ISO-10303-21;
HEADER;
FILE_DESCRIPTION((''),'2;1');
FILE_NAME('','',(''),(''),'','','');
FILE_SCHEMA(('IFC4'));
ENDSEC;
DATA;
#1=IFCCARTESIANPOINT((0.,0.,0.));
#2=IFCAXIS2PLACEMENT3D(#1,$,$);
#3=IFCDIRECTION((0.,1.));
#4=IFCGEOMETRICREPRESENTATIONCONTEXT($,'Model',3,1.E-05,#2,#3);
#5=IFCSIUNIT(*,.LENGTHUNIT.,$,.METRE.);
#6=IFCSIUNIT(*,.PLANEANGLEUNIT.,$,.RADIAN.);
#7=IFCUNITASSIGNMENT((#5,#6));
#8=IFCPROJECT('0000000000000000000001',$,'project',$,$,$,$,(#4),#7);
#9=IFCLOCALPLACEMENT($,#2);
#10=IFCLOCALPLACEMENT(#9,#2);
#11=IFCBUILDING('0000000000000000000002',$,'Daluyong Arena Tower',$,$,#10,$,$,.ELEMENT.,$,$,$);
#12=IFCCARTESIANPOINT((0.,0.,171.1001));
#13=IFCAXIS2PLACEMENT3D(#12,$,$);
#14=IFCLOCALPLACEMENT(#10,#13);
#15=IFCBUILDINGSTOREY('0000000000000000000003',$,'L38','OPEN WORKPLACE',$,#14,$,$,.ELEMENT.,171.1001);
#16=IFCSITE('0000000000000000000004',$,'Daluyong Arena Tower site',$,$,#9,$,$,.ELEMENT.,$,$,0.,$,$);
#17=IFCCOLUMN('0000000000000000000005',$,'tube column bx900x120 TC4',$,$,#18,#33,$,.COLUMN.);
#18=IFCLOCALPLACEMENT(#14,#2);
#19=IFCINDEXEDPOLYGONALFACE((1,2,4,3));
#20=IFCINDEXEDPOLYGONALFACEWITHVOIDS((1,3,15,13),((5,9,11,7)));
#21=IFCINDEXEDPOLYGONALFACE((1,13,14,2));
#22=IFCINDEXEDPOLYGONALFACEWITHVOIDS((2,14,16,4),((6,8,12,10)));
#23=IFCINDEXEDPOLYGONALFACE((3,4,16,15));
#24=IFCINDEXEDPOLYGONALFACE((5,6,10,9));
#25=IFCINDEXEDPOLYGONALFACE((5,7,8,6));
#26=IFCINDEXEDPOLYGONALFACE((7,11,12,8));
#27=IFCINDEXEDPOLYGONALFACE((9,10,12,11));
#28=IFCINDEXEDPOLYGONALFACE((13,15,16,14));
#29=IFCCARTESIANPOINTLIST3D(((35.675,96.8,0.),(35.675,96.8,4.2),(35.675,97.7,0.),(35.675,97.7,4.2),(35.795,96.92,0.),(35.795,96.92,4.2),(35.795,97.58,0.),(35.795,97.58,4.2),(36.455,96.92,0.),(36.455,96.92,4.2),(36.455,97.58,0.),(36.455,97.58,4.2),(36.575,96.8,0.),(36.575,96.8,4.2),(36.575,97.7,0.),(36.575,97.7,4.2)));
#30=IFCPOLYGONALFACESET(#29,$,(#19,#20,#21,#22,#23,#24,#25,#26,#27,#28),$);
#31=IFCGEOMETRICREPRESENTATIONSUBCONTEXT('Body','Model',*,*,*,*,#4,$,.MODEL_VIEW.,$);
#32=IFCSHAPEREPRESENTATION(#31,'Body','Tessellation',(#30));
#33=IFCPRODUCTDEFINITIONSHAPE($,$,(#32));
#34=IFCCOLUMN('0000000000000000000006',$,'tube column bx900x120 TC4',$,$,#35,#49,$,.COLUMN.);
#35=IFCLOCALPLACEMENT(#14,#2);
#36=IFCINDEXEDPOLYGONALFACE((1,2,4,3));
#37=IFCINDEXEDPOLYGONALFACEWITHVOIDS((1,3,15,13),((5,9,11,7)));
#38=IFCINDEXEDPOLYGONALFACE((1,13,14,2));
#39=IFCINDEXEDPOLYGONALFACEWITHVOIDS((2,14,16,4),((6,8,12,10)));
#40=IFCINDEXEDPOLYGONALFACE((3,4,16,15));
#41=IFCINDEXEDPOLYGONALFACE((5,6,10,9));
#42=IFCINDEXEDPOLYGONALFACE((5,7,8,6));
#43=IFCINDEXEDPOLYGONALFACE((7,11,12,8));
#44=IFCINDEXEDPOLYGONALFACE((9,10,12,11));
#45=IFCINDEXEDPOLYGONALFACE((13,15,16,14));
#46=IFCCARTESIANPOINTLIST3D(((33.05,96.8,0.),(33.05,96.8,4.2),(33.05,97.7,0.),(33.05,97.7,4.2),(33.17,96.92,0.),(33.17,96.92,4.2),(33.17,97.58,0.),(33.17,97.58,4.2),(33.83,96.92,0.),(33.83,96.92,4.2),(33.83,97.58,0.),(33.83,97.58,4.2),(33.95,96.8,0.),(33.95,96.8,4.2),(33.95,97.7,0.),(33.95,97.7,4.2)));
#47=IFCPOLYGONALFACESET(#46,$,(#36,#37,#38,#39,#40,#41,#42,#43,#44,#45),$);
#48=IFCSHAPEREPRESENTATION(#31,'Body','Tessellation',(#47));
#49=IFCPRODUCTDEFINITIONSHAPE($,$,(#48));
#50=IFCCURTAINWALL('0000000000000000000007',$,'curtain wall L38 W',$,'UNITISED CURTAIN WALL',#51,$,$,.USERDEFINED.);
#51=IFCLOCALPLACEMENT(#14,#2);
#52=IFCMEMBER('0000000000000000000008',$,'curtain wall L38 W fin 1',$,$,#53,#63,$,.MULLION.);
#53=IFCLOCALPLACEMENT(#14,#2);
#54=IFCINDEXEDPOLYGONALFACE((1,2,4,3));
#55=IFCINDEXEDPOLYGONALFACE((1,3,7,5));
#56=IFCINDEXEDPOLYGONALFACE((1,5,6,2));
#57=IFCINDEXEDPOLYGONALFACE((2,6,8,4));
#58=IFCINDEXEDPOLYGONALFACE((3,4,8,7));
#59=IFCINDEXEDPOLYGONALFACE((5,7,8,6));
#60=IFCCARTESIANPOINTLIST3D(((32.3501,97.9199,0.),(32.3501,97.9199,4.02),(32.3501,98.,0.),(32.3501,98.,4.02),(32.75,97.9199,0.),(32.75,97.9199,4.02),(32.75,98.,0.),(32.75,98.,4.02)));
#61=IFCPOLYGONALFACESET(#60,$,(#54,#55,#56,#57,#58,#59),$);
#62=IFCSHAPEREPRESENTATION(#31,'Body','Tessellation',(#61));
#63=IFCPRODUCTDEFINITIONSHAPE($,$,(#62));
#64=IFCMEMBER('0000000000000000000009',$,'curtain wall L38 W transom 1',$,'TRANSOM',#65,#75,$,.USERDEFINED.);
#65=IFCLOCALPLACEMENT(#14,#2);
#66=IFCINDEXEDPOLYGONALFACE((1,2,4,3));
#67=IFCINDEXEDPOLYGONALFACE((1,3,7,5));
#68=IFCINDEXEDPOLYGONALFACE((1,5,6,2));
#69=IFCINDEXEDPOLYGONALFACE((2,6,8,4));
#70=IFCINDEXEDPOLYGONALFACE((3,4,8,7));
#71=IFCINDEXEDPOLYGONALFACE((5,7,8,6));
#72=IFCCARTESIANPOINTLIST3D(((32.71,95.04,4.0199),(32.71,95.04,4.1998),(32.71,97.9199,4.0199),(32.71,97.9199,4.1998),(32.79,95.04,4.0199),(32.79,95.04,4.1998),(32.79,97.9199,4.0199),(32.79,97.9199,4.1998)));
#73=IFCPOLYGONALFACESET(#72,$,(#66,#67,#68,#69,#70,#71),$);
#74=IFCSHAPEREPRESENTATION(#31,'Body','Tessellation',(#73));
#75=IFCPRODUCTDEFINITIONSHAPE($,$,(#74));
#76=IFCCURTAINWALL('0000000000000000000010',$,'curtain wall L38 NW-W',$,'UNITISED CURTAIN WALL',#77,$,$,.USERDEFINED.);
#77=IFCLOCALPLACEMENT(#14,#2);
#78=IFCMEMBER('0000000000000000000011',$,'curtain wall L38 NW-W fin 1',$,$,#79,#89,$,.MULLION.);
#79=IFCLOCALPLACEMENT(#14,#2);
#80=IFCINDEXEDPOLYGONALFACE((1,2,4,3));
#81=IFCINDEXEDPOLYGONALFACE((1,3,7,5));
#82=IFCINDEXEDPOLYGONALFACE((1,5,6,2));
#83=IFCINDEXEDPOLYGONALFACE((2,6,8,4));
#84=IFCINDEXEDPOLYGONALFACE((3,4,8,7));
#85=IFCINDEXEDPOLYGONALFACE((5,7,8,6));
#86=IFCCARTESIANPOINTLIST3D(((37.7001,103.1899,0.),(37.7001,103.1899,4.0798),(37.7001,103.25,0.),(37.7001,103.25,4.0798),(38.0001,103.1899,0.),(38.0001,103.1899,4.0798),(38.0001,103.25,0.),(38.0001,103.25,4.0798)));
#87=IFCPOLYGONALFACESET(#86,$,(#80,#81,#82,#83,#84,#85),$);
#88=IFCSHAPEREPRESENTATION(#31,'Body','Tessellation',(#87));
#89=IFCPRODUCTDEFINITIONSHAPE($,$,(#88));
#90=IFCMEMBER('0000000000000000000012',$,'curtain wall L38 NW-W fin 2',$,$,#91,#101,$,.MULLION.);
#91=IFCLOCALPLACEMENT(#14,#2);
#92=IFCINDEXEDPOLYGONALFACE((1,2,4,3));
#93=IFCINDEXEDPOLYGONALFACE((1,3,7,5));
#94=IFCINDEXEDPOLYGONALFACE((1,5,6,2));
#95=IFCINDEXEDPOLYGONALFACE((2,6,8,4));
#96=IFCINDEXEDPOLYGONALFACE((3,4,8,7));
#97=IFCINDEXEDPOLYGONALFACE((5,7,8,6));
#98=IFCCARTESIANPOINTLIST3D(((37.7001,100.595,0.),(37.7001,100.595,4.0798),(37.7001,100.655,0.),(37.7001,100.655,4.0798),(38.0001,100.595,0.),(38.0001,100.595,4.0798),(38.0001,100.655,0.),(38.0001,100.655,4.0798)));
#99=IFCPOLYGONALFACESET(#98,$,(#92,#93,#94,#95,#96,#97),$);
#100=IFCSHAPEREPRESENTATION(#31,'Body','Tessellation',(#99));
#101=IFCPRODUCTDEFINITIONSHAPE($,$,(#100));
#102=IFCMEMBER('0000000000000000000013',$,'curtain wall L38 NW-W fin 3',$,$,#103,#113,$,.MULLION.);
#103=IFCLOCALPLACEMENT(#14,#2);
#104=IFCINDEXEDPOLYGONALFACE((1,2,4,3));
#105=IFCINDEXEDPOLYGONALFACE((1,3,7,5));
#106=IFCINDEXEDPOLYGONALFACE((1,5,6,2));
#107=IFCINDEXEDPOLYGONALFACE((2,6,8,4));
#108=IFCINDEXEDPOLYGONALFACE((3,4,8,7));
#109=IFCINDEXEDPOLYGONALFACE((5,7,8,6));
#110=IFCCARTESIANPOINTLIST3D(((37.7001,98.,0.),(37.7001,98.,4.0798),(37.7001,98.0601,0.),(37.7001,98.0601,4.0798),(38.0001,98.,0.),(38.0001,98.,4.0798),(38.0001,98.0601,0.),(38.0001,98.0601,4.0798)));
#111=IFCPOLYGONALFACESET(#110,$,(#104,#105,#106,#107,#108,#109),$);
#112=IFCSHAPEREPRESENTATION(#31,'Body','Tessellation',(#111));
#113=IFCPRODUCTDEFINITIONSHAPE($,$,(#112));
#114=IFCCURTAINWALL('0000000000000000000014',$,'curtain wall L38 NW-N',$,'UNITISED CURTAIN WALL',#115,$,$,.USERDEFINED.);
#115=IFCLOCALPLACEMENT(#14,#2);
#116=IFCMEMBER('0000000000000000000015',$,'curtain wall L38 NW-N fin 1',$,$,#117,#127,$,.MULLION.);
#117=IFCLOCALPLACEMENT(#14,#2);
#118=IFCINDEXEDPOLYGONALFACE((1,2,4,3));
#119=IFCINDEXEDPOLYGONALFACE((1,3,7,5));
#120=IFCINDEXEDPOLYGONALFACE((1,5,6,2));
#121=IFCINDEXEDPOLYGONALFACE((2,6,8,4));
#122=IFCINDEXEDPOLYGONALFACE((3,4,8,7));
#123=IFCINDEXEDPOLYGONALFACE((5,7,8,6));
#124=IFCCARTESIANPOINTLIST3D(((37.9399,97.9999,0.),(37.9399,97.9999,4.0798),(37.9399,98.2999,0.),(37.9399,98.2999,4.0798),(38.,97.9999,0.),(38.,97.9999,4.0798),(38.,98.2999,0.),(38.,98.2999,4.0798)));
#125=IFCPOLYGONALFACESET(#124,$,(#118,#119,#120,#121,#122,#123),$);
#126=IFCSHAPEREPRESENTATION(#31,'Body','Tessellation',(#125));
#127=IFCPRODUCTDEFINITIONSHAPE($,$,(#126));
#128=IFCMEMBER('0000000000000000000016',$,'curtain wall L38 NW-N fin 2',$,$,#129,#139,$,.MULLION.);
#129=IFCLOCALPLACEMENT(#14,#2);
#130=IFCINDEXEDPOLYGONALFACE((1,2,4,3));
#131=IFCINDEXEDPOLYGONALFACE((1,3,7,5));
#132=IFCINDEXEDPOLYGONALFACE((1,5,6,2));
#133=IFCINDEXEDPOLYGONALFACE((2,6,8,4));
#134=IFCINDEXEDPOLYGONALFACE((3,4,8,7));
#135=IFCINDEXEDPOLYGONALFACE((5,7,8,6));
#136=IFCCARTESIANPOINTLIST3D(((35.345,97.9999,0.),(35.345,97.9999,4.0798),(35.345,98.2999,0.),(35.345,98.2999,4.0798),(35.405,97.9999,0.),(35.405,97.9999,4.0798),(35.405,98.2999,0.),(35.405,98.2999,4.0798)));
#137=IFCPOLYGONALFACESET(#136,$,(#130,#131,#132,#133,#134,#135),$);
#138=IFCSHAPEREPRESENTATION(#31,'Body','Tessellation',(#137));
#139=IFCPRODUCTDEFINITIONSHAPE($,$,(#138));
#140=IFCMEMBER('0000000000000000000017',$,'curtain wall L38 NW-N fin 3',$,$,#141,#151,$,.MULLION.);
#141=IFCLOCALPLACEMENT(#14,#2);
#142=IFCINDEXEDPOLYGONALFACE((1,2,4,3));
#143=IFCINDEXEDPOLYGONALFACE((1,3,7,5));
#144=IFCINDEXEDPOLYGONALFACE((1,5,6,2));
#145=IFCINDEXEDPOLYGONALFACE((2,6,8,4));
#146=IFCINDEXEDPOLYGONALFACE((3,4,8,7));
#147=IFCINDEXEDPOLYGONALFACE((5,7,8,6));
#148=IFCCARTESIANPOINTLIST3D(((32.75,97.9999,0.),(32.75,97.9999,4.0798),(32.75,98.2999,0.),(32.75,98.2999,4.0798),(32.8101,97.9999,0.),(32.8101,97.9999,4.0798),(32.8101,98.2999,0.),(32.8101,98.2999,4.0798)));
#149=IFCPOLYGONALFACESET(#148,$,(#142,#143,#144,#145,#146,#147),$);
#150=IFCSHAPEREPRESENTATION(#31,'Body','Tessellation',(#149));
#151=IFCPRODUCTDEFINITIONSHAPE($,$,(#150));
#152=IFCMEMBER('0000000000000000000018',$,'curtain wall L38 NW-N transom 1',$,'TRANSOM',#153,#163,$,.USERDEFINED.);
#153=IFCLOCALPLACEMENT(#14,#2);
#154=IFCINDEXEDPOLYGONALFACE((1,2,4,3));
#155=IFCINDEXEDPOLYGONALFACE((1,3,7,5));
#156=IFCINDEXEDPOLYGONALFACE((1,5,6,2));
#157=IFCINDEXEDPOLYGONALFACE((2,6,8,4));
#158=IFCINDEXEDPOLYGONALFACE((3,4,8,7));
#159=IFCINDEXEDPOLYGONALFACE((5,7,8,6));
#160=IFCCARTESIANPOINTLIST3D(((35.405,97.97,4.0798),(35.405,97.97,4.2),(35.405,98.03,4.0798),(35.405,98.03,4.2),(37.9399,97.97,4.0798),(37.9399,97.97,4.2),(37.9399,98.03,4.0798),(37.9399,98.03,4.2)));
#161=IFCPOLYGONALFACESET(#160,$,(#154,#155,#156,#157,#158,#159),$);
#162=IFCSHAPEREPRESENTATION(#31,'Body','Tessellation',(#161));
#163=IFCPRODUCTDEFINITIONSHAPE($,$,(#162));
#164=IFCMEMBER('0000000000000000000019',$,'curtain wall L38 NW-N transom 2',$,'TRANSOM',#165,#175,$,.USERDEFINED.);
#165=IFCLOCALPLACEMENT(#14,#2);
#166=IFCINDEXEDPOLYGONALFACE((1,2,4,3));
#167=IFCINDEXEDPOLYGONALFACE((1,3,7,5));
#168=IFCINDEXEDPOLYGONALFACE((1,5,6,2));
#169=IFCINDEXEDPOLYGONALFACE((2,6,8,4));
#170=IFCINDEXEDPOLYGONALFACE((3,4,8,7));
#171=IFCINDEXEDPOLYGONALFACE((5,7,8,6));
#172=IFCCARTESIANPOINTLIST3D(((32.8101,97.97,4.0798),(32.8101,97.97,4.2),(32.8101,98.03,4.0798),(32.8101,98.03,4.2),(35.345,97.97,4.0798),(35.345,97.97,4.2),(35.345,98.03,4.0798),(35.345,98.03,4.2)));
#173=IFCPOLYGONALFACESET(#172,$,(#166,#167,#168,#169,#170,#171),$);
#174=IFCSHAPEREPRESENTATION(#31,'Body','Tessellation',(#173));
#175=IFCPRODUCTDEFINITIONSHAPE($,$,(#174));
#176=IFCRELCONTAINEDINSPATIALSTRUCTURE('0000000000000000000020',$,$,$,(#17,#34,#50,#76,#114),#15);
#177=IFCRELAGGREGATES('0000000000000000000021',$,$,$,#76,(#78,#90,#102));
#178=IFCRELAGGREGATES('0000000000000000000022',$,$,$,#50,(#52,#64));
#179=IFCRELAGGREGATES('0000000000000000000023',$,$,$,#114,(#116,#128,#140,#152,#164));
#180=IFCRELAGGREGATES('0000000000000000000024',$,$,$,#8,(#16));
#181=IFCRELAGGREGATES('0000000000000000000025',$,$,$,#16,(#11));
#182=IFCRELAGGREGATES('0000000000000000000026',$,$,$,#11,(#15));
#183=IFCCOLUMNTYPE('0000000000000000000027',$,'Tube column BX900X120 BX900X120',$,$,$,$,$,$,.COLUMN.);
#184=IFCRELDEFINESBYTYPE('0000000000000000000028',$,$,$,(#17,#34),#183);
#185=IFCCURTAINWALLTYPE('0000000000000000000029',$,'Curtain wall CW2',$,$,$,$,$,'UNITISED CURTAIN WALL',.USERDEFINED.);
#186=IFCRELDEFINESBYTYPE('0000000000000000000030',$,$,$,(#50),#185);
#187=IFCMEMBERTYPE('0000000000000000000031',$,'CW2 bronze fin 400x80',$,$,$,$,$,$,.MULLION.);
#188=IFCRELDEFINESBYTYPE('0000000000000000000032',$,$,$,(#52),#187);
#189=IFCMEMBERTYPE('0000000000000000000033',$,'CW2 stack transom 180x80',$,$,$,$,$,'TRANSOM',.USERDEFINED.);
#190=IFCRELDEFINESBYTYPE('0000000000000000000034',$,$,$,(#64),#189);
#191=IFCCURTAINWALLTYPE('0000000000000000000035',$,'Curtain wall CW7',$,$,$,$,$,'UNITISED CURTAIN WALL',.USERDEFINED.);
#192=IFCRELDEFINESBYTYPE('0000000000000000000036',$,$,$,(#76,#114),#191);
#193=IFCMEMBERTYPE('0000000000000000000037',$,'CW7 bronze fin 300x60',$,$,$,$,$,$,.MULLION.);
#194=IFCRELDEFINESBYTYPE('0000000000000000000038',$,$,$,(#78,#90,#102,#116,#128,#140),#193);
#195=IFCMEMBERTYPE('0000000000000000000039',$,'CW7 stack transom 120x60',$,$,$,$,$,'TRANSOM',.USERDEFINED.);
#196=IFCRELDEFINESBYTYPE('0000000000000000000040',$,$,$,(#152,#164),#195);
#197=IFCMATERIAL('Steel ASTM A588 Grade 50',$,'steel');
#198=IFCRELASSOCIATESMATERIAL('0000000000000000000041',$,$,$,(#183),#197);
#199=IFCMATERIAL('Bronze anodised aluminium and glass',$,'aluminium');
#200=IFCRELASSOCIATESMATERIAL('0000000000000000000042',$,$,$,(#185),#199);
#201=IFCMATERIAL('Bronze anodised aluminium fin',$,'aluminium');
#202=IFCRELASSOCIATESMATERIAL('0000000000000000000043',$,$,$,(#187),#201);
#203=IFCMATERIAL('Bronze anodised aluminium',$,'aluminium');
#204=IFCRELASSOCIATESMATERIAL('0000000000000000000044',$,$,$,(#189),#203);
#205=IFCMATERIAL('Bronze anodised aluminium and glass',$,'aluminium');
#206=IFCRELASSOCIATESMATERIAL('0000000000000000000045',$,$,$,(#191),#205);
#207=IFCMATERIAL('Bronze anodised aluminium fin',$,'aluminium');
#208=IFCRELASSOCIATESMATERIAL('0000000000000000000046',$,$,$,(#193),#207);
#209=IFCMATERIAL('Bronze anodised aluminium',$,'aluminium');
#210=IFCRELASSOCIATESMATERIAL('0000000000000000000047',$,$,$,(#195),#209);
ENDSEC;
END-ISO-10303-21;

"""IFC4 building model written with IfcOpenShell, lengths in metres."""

from ifc_helpers import new_model, si_unit, direction, frame, origin, origin_2d, place, context, subcontext, project, spatial, rectangle, hollow_rectangle, extrude, material, material_profile, profile_set, type_object, element, aggregate, save


model = new_model("IFC4")

# Units and contexts
model_context = context("Model", 3, precision=1e-05, world=origin(), true_north=direction((0.0, 1.0)))
body_context = subcontext(model_context, "Body", "Model", "MODEL_VIEW")
ifc_project = project(units=[si_unit("LENGTHUNIT", "METRE"), si_unit("PLANEANGLEUNIT", "RADIAN")], contexts=[model_context])

# Site, building, storey
site_placement = place(None, origin())
site = spatial("IfcSite", under=ifc_project, at=site_placement, Name="Daluyong Arena Tower site", CompositionType="ELEMENT", RefElevation=0.0)
building_placement = place(site_placement, origin())
building = spatial("IfcBuilding", under=site, at=building_placement, Name="Daluyong Arena Tower", CompositionType="ELEMENT")
storey_placement = place(building_placement, frame((0.0, 0.0, 171.1001)))
storey = spatial("IfcBuildingStorey", under=building, at=storey_placement, Name="L38", Description="OPEN WORKPLACE", CompositionType="ELEMENT", Elevation=171.1001)

# Columns
ifc_material_1 = material(Name="Steel ASTM A588 Grade 50", Category="steel")
ifc_material_profile_1 = material_profile(ifc_material_1, hollow_rectangle(XDim=0.8999, YDim=0.8999, WallThickness=0.12, at=origin_2d()))
ifc_profile_set_1 = profile_set([ifc_material_profile_1], Name="Steel ASTM A588 Grade 50")
column_type = type_object("IfcColumnType", Name="Tube column BX900X120 BX900X120", PredefinedType="COLUMN", material=ifc_profile_set_1)
for number, where, z_axis, x_axis, name in (
    (1, (36.125, 97.25, 0.0), (0.0, 0.0, 1.0), (1.0, 0.0, 0.0), "tube column bx900x120 TC4"),
    (2, (33.5, 97.25, 0.0), (0.0, 0.0, 1.0), (0.0, 1.0, 0.0), "tube column bx900x120 TC4"),
):
    element("IfcColumn", number, at=place(storey_placement, frame(where, z_axis=z_axis, x_axis=x_axis)), inside=storey, type_object=column_type, Name=name, PredefinedType="COLUMN", context=body_context, shape_type="SweptSolid", body=[
        extrude(hollow_rectangle(XDim=0.8999, YDim=0.8999, WallThickness=0.12, at=origin_2d()), origin(), (0.0, 0.0, 1.0), 4.2),
    ])

# Curtain walls, members
ifc_material_2 = material(Name="Bronze anodised aluminium and glass", Category="aluminium")
curtain_wall_type_1 = type_object("IfcCurtainWallType", Name="Curtain wall CW2", ElementType="UNITISED CURTAIN WALL", PredefinedType="USERDEFINED", material=ifc_material_2)
curtain_wall_1_placement = place(storey_placement, origin())
curtain_wall_1 = element("IfcCurtainWall", 3, at=curtain_wall_1_placement, inside=storey, type_object=curtain_wall_type_1, Name="curtain wall L38 W", ObjectType="UNITISED CURTAIN WALL", PredefinedType="USERDEFINED")
ifc_material_3 = material(Name="Bronze anodised aluminium fin", Category="aluminium")
ifc_material_profile_2 = material_profile(ifc_material_3, rectangle(XDim=0.3999, YDim=0.0801, at=origin_2d()))
ifc_profile_set_2 = profile_set([ifc_material_profile_2], Name="Bronze anodised aluminium fin")
member_type_1 = type_object("IfcMemberType", Name="CW2 bronze fin 400x80", PredefinedType="MULLION", material=ifc_profile_set_2)
member_1_placement = place(storey_placement, frame((32.55, 97.96, 0.0), z_axis=(0.0, 0.0, 1.0), x_axis=(1.0, 0.0, 0.0)))
member_1 = element("IfcMember", 4, at=member_1_placement, type_object=member_type_1, Name="curtain wall L38 W fin 1", PredefinedType="MULLION", context=body_context, shape_type="SweptSolid", body=[
    extrude(rectangle(XDim=0.3999, YDim=0.0801, at=origin_2d()), origin(), (0.0, 0.0, 1.0), 4.02),
])
ifc_material_4 = material(Name="Bronze anodised aluminium", Category="aluminium")
ifc_material_profile_3 = material_profile(ifc_material_4, rectangle(XDim=0.0801, YDim=0.1799, at=origin_2d()))
ifc_profile_set_3 = profile_set([ifc_material_profile_3], Name="Bronze anodised aluminium")
member_type_2 = type_object("IfcMemberType", Name="CW2 stack transom 180x80", ElementType="TRANSOM", PredefinedType="USERDEFINED", material=ifc_profile_set_3)
member_2_placement = place(storey_placement, frame((32.75, 97.9199, 4.1099), z_axis=(0.0, -1.0, 0.0), x_axis=(1.0, 0.0, 0.0)))
member_2 = element("IfcMember", 5, at=member_2_placement, type_object=member_type_2, Name="curtain wall L38 W transom 1", ObjectType="TRANSOM", PredefinedType="USERDEFINED", context=body_context, shape_type="SweptSolid", body=[
    extrude(rectangle(XDim=0.0801, YDim=0.1799, at=origin_2d()), origin(), (0.0, 0.0, 1.0), 2.8799),
])
ifc_material_5 = material(Name="Bronze anodised aluminium and glass", Category="aluminium")
curtain_wall_type_2 = type_object("IfcCurtainWallType", Name="Curtain wall CW7", ElementType="UNITISED CURTAIN WALL", PredefinedType="USERDEFINED", material=ifc_material_5)
curtain_wall_2_placement = place(storey_placement, origin())
curtain_wall_2 = element("IfcCurtainWall", 6, at=curtain_wall_2_placement, inside=storey, type_object=curtain_wall_type_2, Name="curtain wall L38 NW-W", ObjectType="UNITISED CURTAIN WALL", PredefinedType="USERDEFINED")
ifc_material_6 = material(Name="Bronze anodised aluminium fin", Category="aluminium")
ifc_material_profile_4 = material_profile(ifc_material_6, rectangle(XDim=0.3, YDim=0.0601, at=origin_2d()))
ifc_profile_set_4 = profile_set([ifc_material_profile_4], Name="Bronze anodised aluminium fin")
member_type_3 = type_object("IfcMemberType", Name="CW7 bronze fin 300x60", PredefinedType="MULLION", material=ifc_profile_set_4)
member_3_placement = place(storey_placement, frame((37.8501, 103.22, 0.0), z_axis=(0.0, 0.0, 1.0), x_axis=(1.0, 0.0, 0.0)))
member_3 = element("IfcMember", 7, at=member_3_placement, type_object=member_type_3, Name="curtain wall L38 NW-W fin 1", PredefinedType="MULLION", context=body_context, shape_type="SweptSolid", body=[
    extrude(rectangle(XDim=0.3, YDim=0.0601, at=origin_2d()), origin(), (0.0, 0.0, 1.0), 4.0798),
])
member_4_placement = place(storey_placement, frame((37.8501, 100.625, 0.0), z_axis=(0.0, 0.0, 1.0), x_axis=(1.0, 0.0, 0.0)))
member_4 = element("IfcMember", 8, at=member_4_placement, type_object=member_type_3, Name="curtain wall L38 NW-W fin 2", PredefinedType="MULLION", context=body_context, shape_type="SweptSolid", body=[
    extrude(rectangle(XDim=0.3, YDim=0.0601, at=origin_2d()), origin(), (0.0, 0.0, 1.0), 4.0798),
])
member_5_placement = place(storey_placement, frame((37.8501, 98.03, 0.0), z_axis=(0.0, 0.0, 1.0), x_axis=(1.0, 0.0, 0.0)))
member_5 = element("IfcMember", 9, at=member_5_placement, type_object=member_type_3, Name="curtain wall L38 NW-W fin 3", PredefinedType="MULLION", context=body_context, shape_type="SweptSolid", body=[
    extrude(rectangle(XDim=0.3, YDim=0.0601, at=origin_2d()), origin(), (0.0, 0.0, 1.0), 4.0798),
])
aggregate(curtain_wall_2, [member_3, member_4, member_5])
curtain_wall_3_placement = place(storey_placement, origin())
curtain_wall_3 = element("IfcCurtainWall", 10, at=curtain_wall_3_placement, inside=storey, type_object=curtain_wall_type_2, Name="curtain wall L38 NW-N", ObjectType="UNITISED CURTAIN WALL", PredefinedType="USERDEFINED")
member_6_placement = place(storey_placement, frame((37.97, 98.1499, 0.0), z_axis=(0.0, 0.0, 1.0), x_axis=(0.0, -1.0, 0.0)))
member_6 = element("IfcMember", 11, at=member_6_placement, type_object=member_type_3, Name="curtain wall L38 NW-N fin 1", PredefinedType="MULLION", context=body_context, shape_type="SweptSolid", body=[
    extrude(rectangle(XDim=0.3, YDim=0.0601, at=origin_2d()), origin(), (0.0, 0.0, 1.0), 4.0798),
])
member_7_placement = place(storey_placement, frame((35.375, 98.1499, 0.0), z_axis=(0.0, 0.0, 1.0), x_axis=(0.0, -1.0, 0.0)))
member_7 = element("IfcMember", 12, at=member_7_placement, type_object=member_type_3, Name="curtain wall L38 NW-N fin 2", PredefinedType="MULLION", context=body_context, shape_type="SweptSolid", body=[
    extrude(rectangle(XDim=0.3, YDim=0.0601, at=origin_2d()), origin(), (0.0, 0.0, 1.0), 4.0798),
])
member_8_placement = place(storey_placement, frame((32.78, 98.1499, 0.0), z_axis=(0.0, 0.0, 1.0), x_axis=(0.0, -1.0, 0.0)))
member_8 = element("IfcMember", 13, at=member_8_placement, type_object=member_type_3, Name="curtain wall L38 NW-N fin 3", PredefinedType="MULLION", context=body_context, shape_type="SweptSolid", body=[
    extrude(rectangle(XDim=0.3, YDim=0.0601, at=origin_2d()), origin(), (0.0, 0.0, 1.0), 4.0798),
])
ifc_material_7 = material(Name="Bronze anodised aluminium", Category="aluminium")
ifc_material_profile_5 = material_profile(ifc_material_7, rectangle(XDim=0.0601, YDim=0.1201, at=origin_2d()))
ifc_profile_set_5 = profile_set([ifc_material_profile_5], Name="Bronze anodised aluminium")
member_type_4 = type_object("IfcMemberType", Name="CW7 stack transom 120x60", ElementType="TRANSOM", PredefinedType="USERDEFINED", material=ifc_profile_set_5)
member_9_placement = place(storey_placement, frame((37.9399, 98.0, 4.1399), z_axis=(-1.0, 0.0, 0.0), x_axis=(0.0, -1.0, 0.0)))
member_9 = element("IfcMember", 14, at=member_9_placement, type_object=member_type_4, Name="curtain wall L38 NW-N transom 1", ObjectType="TRANSOM", PredefinedType="USERDEFINED", context=body_context, shape_type="SweptSolid", body=[
    extrude(rectangle(XDim=0.0601, YDim=0.1201, at=origin_2d()), origin(), (0.0, 0.0, 1.0), 2.5349),
])
member_10_placement = place(storey_placement, frame((35.345, 98.0, 4.1399), z_axis=(-1.0, 0.0, 0.0), x_axis=(0.0, -1.0, 0.0)))
member_10 = element("IfcMember", 15, at=member_10_placement, type_object=member_type_4, Name="curtain wall L38 NW-N transom 2", ObjectType="TRANSOM", PredefinedType="USERDEFINED", context=body_context, shape_type="SweptSolid", body=[
    extrude(rectangle(XDim=0.0601, YDim=0.1201, at=origin_2d()), origin(), (0.0, 0.0, 1.0), 2.5349),
])

aggregate(curtain_wall_1, [member_1, member_2])
aggregate(curtain_wall_3, [member_6, member_7, member_8, member_9, member_10])

save(model, "model.ifc")
